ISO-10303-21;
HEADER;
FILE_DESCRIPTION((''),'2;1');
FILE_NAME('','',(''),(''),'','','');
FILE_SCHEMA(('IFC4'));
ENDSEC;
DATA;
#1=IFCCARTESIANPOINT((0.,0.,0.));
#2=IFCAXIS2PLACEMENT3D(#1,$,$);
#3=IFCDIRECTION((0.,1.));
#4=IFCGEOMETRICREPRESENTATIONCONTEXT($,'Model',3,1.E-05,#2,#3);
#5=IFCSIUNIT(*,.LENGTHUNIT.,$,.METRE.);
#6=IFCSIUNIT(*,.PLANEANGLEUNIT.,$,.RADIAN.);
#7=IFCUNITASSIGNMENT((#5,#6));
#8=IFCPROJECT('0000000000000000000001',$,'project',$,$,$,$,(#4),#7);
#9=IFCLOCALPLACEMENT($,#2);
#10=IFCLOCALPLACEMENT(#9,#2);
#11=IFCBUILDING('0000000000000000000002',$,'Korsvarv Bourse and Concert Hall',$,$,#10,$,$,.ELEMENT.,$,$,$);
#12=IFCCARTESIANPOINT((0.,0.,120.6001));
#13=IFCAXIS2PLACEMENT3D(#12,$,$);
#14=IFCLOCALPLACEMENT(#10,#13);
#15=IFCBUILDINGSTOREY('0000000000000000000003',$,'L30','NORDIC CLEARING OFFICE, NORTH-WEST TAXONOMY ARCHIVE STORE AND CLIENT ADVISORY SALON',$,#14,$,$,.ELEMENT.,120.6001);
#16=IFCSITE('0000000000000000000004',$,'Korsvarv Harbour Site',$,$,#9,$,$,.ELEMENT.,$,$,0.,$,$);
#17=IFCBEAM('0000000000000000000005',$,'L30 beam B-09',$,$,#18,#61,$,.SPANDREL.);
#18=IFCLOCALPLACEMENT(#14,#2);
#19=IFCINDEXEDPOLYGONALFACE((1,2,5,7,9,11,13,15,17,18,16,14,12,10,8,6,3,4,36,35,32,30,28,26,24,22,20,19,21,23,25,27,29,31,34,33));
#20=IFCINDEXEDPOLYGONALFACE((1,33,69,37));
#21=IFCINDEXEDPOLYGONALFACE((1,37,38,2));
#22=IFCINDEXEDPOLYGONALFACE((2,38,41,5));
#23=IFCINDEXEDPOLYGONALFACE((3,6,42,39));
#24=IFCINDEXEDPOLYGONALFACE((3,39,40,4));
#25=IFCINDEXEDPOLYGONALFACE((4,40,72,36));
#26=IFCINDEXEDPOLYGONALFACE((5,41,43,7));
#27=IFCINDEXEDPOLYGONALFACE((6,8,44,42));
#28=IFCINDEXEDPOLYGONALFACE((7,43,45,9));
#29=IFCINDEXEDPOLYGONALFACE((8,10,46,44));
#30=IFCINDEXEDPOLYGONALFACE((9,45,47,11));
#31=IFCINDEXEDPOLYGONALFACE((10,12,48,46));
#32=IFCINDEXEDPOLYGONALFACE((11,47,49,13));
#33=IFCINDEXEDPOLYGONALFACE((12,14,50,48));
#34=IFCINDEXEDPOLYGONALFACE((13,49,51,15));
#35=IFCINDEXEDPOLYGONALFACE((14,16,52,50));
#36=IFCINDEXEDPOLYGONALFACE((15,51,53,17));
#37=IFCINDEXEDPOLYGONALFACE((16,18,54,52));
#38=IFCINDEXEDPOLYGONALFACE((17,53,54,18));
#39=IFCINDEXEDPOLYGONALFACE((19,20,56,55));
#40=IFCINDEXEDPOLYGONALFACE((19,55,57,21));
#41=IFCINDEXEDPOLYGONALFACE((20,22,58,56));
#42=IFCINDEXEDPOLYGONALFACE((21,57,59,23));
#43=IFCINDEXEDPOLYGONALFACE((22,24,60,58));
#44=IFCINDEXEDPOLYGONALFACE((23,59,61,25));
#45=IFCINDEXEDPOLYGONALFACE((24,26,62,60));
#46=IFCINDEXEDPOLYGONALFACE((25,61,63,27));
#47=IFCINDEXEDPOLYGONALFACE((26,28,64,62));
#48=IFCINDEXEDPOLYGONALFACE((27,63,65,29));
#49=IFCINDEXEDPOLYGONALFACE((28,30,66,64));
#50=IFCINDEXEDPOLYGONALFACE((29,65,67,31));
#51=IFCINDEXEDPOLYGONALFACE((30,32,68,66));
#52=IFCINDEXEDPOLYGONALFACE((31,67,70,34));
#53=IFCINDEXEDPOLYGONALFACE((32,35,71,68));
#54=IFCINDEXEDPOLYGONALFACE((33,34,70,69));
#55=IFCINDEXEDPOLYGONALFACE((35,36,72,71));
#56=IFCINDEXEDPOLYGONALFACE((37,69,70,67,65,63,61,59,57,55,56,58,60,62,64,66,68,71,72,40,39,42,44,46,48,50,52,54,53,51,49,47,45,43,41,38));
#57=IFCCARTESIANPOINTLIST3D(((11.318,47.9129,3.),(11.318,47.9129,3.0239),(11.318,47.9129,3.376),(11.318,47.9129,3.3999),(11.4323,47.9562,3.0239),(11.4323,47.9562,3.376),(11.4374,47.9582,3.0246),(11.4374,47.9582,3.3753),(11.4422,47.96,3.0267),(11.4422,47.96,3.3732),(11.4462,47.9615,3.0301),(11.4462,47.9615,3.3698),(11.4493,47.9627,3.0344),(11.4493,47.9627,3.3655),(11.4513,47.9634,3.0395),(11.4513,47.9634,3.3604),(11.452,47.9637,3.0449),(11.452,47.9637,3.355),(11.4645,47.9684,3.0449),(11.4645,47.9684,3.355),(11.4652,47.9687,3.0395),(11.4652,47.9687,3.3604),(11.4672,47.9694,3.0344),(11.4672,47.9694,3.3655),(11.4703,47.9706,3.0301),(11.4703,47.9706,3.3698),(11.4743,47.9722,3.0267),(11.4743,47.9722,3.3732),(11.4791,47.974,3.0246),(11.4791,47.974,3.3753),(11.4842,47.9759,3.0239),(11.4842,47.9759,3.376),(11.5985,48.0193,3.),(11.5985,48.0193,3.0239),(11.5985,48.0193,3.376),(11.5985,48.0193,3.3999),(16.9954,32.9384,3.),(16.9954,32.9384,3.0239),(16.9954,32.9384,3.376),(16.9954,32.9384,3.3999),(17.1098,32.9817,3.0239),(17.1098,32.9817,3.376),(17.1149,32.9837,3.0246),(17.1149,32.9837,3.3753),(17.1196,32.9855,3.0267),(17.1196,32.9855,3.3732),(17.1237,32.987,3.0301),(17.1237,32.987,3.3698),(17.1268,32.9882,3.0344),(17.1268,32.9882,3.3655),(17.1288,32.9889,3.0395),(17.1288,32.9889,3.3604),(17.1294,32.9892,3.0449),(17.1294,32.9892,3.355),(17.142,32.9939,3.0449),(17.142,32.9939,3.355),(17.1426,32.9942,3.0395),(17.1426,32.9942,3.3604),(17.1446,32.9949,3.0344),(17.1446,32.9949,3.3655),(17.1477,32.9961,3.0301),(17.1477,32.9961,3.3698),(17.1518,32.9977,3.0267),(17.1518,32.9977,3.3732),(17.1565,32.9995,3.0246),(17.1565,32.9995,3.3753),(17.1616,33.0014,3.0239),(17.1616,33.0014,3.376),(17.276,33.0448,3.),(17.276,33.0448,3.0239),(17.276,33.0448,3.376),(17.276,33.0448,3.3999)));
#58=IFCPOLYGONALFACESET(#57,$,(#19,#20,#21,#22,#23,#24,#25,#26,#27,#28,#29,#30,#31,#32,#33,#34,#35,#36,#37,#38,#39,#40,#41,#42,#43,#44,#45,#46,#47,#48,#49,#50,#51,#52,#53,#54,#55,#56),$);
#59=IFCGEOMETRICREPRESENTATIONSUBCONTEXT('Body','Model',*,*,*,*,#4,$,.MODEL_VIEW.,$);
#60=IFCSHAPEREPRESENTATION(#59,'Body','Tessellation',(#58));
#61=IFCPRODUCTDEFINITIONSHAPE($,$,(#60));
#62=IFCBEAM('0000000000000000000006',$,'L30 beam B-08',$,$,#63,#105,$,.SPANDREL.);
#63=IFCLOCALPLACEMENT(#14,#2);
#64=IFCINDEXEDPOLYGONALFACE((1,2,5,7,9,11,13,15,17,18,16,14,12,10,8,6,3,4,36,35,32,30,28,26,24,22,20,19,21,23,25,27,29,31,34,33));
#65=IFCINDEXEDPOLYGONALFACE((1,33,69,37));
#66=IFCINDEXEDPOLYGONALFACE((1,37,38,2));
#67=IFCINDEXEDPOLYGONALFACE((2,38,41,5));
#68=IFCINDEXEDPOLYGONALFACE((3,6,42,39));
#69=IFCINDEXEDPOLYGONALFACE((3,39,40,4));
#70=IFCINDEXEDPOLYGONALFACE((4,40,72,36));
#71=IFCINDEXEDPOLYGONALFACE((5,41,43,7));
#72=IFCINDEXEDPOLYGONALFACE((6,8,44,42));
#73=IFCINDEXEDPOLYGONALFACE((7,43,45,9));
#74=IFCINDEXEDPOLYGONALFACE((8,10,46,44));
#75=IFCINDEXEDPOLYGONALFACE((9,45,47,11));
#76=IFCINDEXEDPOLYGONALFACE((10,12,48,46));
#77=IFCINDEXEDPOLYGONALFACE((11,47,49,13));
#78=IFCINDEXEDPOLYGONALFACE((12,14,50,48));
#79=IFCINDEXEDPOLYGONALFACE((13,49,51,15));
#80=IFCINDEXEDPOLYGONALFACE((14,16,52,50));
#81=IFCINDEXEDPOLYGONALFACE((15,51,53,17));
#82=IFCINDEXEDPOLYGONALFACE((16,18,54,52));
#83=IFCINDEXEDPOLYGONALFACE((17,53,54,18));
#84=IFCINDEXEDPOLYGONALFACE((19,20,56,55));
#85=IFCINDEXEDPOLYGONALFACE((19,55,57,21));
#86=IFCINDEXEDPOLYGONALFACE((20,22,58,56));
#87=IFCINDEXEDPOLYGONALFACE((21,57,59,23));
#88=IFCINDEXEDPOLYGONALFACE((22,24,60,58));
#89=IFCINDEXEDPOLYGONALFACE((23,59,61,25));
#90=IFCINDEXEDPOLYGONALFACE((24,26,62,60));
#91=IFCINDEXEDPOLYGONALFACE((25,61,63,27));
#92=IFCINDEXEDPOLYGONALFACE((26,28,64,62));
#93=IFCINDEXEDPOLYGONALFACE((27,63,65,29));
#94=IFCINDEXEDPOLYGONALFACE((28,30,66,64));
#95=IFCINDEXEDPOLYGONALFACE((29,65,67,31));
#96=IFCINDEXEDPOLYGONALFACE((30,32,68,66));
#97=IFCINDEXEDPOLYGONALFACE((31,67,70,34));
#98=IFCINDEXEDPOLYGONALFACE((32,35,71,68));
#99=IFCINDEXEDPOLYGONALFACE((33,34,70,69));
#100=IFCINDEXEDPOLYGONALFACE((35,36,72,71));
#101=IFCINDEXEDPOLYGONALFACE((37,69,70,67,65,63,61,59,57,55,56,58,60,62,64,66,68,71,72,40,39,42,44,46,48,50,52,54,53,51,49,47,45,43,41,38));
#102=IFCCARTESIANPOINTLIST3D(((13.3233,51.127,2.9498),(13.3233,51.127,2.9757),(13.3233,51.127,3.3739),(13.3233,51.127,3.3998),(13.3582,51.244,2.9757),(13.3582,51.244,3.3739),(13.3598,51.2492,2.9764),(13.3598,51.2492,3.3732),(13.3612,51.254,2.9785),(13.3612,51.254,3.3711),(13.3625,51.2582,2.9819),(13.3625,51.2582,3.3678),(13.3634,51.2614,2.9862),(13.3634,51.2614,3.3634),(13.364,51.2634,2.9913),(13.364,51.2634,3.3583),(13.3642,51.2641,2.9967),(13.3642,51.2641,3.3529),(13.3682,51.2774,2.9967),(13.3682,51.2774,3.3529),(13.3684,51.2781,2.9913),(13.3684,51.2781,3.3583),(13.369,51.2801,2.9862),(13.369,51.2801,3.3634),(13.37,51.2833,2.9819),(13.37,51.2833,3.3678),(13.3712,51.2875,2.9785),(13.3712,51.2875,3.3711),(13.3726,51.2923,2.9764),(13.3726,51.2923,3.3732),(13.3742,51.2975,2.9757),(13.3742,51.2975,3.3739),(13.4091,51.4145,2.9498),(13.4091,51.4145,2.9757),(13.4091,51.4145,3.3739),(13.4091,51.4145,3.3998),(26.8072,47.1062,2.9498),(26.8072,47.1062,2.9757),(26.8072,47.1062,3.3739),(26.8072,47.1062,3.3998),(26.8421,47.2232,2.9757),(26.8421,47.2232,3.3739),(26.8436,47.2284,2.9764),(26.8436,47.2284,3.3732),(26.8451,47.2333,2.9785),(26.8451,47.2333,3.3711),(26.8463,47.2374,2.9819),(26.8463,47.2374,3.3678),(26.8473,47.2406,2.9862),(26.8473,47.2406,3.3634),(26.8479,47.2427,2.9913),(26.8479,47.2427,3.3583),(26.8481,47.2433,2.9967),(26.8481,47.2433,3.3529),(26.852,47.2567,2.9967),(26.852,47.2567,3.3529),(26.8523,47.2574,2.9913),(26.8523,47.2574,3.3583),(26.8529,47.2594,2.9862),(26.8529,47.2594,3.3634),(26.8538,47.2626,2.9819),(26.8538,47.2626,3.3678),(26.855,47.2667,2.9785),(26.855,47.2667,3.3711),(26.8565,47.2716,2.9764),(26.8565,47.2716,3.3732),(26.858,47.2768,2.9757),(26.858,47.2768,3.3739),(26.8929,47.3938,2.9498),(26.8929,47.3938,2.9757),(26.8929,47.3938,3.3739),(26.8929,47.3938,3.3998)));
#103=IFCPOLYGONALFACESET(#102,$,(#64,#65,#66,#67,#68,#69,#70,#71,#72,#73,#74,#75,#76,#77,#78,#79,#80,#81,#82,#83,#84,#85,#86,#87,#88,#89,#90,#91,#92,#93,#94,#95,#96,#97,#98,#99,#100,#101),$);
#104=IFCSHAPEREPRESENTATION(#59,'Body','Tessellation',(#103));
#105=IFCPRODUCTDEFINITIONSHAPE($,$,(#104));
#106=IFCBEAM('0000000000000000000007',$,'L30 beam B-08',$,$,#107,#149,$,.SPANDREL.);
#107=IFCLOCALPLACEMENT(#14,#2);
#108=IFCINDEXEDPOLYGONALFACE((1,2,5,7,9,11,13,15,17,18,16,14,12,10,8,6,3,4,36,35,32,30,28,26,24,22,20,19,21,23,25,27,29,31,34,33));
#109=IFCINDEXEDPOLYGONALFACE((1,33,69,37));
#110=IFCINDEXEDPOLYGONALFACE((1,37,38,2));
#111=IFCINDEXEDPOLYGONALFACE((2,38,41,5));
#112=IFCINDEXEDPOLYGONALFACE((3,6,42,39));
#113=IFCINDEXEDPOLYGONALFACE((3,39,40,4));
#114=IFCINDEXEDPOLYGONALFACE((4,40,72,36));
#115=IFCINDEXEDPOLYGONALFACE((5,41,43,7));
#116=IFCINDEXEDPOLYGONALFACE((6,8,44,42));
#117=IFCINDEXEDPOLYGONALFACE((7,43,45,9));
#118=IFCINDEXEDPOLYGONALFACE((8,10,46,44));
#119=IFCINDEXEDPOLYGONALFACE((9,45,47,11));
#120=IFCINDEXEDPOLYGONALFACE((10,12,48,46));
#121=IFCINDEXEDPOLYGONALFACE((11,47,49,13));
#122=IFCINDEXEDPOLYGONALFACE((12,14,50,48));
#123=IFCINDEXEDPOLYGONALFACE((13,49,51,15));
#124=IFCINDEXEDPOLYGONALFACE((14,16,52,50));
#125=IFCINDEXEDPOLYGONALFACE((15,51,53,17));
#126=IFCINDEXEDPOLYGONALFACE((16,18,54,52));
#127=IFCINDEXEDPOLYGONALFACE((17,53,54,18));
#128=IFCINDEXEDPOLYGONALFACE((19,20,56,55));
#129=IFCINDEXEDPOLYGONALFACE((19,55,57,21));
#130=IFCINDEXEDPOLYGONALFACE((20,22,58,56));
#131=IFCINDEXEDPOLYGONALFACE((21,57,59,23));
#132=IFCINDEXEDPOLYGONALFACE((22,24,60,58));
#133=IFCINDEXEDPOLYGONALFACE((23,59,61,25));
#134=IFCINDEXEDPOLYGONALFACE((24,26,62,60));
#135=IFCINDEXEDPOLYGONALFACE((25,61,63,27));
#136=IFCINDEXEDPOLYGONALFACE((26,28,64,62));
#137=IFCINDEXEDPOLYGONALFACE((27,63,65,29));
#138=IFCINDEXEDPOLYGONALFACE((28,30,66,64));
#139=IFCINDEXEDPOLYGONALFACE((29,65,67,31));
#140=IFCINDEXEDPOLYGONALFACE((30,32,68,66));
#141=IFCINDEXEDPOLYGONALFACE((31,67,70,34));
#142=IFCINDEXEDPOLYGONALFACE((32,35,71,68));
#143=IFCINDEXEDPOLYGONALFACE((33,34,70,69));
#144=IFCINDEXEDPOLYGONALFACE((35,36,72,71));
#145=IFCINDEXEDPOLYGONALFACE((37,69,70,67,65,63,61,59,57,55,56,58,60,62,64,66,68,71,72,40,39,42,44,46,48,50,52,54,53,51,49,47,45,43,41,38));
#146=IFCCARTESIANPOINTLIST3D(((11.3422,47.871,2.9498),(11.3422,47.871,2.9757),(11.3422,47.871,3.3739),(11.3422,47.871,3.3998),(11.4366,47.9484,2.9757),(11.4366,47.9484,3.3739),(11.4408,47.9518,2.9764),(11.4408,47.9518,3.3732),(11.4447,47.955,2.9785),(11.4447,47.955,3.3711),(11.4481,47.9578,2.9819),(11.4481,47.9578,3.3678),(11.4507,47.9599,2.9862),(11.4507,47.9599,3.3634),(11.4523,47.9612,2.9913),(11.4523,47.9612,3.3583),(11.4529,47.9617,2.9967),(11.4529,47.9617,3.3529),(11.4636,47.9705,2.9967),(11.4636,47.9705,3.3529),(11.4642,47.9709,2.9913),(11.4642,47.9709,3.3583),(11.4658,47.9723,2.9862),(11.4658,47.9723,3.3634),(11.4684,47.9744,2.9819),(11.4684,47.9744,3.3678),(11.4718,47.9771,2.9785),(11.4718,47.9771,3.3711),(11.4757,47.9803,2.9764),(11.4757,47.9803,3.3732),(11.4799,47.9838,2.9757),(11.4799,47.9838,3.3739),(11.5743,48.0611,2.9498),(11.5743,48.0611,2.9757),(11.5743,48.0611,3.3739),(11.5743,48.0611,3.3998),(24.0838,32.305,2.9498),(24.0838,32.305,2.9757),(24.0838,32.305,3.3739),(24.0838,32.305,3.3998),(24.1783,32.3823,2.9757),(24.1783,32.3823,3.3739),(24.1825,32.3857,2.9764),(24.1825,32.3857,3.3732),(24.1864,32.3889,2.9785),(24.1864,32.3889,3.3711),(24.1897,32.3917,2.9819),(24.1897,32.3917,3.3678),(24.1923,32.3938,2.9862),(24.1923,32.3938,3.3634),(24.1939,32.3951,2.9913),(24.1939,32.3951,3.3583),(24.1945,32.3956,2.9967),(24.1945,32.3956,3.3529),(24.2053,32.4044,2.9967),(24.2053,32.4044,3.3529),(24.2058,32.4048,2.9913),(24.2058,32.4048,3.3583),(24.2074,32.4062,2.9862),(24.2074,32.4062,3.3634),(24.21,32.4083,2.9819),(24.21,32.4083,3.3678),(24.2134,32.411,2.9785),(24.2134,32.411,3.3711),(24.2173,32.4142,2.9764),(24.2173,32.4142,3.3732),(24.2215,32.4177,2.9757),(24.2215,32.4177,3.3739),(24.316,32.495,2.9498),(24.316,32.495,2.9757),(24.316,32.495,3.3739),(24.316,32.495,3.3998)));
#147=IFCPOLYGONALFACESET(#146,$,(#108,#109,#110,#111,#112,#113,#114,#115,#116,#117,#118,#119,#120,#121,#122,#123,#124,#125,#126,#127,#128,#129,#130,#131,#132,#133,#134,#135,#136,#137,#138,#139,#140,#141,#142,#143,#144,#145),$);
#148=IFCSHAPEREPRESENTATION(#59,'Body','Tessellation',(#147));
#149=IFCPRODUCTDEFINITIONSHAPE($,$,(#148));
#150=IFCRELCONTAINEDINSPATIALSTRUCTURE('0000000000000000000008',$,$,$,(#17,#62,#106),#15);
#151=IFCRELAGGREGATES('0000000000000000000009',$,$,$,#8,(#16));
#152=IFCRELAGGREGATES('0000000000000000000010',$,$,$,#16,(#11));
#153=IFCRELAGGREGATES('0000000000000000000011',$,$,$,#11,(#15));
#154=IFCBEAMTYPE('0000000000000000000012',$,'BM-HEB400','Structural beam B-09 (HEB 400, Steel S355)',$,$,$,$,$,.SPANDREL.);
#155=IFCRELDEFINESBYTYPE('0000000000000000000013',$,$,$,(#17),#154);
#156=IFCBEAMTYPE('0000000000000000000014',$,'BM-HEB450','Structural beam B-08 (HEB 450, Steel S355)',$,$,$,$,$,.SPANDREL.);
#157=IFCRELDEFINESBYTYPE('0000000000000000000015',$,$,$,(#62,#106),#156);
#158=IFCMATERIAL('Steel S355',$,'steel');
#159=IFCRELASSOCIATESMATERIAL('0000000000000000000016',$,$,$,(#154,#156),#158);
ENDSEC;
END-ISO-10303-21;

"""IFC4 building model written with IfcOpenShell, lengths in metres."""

from ifc_helpers import new_model, si_unit, direction, frame, origin, origin_2d, place, context, subcontext, project, spatial, i_section, extrude, source, transform, mapped, material, material_profile, profile_set, type_object, element, save


model = new_model("IFC4")

# Units and contexts
model_context = context("Model", 3, precision=1e-05, world=origin(), true_north=direction((0.0, 1.0)))
body_context = subcontext(model_context, "Body", "Model", "MODEL_VIEW")
ifc_project = project(units=[si_unit("LENGTHUNIT", "METRE"), si_unit("PLANEANGLEUNIT", "RADIAN")], contexts=[model_context])

# Site, building, storey
site_placement = place(None, origin())
site = spatial("IfcSite", under=ifc_project, at=site_placement, Name="Korsvarv Harbour Site", CompositionType="ELEMENT", RefElevation=0.0)
building_placement = place(site_placement, origin())
building = spatial("IfcBuilding", under=site, at=building_placement, Name="Korsvarv Bourse and Concert Hall", CompositionType="ELEMENT")
storey_placement = place(building_placement, frame((0.0, 0.0, 120.6001)))
storey = spatial("IfcBuildingStorey", under=building, at=storey_placement, Name="L30", Description="NORDIC CLEARING OFFICE, NORTH-WEST TAXONOMY ARCHIVE STORE AND CLIENT ADVISORY SALON", CompositionType="ELEMENT", Elevation=120.6001)

# Beams
ifc_material_1 = material(Name="Steel S355", Category="steel")
ifc_material_profile_1 = material_profile(ifc_material_1, i_section(OverallWidth=0.3, OverallDepth=0.3999, WebThickness=0.0134, FlangeThickness=0.0239, FilletRadius=0.021, at=origin_2d()), Name="HEB 400")
ifc_profile_set_1 = profile_set([ifc_material_profile_1], Name="Steel S355")
beam_type_1 = type_object("IfcBeamType", Name="BM-HEB400", Description="Structural beam B-09 (HEB 400, Steel S355)", PredefinedType="SPANDREL", material=ifc_profile_set_1)
shared_shape_1 = source(origin(), body_context, "Body", "SweptSolid", [
    extrude(i_section(OverallWidth=0.3, OverallDepth=0.3999, WebThickness=0.0134, FlangeThickness=0.0239, FilletRadius=0.021, at=origin_2d()), origin(), (0.0, 0.0, 1.0), 16.0146),
])
beam_1_placement = place(storey_placement, frame((11.4583, 47.9661, 3.2), z_axis=(0.354516, -0.93505, 0.0), x_axis=(0.93505, 0.354516, 0.0)))
element("IfcBeam", 1, at=beam_1_placement, inside=storey, type_object=beam_type_1, Name="L30 beam B-09", PredefinedType="SPANDREL", context=body_context, shape_type="MappedRepresentation", body=[
    mapped(shared_shape_1, transform((0.0, 0.0, 0.0), scale=1.0)),
])
ifc_material_profile_2 = material_profile(ifc_material_1, i_section(OverallWidth=0.3, OverallDepth=0.45, WebThickness=0.0139, FlangeThickness=0.0259, FilletRadius=0.021, at=origin_2d()), Name="HEB 450")
ifc_profile_set_2 = profile_set([ifc_material_profile_2], Name="Steel S355")
beam_type_2 = type_object("IfcBeamType", Name="BM-HEB450", Description="Structural beam B-08 (HEB 450, Steel S355)", PredefinedType="SPANDREL", material=ifc_profile_set_2)
shared_shape_2 = source(origin(), body_context, "Body", "SweptSolid", [
    extrude(i_section(OverallWidth=0.3, OverallDepth=0.45, WebThickness=0.0139, FlangeThickness=0.0259, FilletRadius=0.021, at=origin_2d()), origin(), (0.0, 0.0, 1.0), 14.0706),
])
beam_2_placement = place(storey_placement, frame((13.3662, 51.2708, 3.1748), z_axis=(0.958303, -0.285756, 0.0), x_axis=(0.285756, 0.958303, 0.0)))
element("IfcBeam", 2, at=beam_2_placement, inside=storey, type_object=beam_type_2, Name="L30 beam B-08", PredefinedType="SPANDREL", context=body_context, shape_type="MappedRepresentation", body=[
    mapped(shared_shape_2, transform((0.0, 0.0, 0.0), scale=1.0)),
])
shared_shape_3 = source(origin(), body_context, "Body", "SweptSolid", [
    extrude(i_section(OverallWidth=0.3, OverallDepth=0.45, WebThickness=0.0139, FlangeThickness=0.0259, FilletRadius=0.021, at=origin_2d()), origin(), (0.0, 0.0, 1.0), 20.116),
])
beam_3_placement = place(storey_placement, frame((11.4583, 47.9661, 3.1748), z_axis=(0.633409, -0.773817, 0.0), x_axis=(0.773817, 0.633409, 0.0)))
element("IfcBeam", 3, at=beam_3_placement, inside=storey, type_object=beam_type_2, Name="L30 beam B-08", PredefinedType="SPANDREL", context=body_context, shape_type="MappedRepresentation", body=[
    mapped(shared_shape_3, transform((0.0, 0.0, 0.0), scale=1.0)),
])

save(model, "model.ifc")
